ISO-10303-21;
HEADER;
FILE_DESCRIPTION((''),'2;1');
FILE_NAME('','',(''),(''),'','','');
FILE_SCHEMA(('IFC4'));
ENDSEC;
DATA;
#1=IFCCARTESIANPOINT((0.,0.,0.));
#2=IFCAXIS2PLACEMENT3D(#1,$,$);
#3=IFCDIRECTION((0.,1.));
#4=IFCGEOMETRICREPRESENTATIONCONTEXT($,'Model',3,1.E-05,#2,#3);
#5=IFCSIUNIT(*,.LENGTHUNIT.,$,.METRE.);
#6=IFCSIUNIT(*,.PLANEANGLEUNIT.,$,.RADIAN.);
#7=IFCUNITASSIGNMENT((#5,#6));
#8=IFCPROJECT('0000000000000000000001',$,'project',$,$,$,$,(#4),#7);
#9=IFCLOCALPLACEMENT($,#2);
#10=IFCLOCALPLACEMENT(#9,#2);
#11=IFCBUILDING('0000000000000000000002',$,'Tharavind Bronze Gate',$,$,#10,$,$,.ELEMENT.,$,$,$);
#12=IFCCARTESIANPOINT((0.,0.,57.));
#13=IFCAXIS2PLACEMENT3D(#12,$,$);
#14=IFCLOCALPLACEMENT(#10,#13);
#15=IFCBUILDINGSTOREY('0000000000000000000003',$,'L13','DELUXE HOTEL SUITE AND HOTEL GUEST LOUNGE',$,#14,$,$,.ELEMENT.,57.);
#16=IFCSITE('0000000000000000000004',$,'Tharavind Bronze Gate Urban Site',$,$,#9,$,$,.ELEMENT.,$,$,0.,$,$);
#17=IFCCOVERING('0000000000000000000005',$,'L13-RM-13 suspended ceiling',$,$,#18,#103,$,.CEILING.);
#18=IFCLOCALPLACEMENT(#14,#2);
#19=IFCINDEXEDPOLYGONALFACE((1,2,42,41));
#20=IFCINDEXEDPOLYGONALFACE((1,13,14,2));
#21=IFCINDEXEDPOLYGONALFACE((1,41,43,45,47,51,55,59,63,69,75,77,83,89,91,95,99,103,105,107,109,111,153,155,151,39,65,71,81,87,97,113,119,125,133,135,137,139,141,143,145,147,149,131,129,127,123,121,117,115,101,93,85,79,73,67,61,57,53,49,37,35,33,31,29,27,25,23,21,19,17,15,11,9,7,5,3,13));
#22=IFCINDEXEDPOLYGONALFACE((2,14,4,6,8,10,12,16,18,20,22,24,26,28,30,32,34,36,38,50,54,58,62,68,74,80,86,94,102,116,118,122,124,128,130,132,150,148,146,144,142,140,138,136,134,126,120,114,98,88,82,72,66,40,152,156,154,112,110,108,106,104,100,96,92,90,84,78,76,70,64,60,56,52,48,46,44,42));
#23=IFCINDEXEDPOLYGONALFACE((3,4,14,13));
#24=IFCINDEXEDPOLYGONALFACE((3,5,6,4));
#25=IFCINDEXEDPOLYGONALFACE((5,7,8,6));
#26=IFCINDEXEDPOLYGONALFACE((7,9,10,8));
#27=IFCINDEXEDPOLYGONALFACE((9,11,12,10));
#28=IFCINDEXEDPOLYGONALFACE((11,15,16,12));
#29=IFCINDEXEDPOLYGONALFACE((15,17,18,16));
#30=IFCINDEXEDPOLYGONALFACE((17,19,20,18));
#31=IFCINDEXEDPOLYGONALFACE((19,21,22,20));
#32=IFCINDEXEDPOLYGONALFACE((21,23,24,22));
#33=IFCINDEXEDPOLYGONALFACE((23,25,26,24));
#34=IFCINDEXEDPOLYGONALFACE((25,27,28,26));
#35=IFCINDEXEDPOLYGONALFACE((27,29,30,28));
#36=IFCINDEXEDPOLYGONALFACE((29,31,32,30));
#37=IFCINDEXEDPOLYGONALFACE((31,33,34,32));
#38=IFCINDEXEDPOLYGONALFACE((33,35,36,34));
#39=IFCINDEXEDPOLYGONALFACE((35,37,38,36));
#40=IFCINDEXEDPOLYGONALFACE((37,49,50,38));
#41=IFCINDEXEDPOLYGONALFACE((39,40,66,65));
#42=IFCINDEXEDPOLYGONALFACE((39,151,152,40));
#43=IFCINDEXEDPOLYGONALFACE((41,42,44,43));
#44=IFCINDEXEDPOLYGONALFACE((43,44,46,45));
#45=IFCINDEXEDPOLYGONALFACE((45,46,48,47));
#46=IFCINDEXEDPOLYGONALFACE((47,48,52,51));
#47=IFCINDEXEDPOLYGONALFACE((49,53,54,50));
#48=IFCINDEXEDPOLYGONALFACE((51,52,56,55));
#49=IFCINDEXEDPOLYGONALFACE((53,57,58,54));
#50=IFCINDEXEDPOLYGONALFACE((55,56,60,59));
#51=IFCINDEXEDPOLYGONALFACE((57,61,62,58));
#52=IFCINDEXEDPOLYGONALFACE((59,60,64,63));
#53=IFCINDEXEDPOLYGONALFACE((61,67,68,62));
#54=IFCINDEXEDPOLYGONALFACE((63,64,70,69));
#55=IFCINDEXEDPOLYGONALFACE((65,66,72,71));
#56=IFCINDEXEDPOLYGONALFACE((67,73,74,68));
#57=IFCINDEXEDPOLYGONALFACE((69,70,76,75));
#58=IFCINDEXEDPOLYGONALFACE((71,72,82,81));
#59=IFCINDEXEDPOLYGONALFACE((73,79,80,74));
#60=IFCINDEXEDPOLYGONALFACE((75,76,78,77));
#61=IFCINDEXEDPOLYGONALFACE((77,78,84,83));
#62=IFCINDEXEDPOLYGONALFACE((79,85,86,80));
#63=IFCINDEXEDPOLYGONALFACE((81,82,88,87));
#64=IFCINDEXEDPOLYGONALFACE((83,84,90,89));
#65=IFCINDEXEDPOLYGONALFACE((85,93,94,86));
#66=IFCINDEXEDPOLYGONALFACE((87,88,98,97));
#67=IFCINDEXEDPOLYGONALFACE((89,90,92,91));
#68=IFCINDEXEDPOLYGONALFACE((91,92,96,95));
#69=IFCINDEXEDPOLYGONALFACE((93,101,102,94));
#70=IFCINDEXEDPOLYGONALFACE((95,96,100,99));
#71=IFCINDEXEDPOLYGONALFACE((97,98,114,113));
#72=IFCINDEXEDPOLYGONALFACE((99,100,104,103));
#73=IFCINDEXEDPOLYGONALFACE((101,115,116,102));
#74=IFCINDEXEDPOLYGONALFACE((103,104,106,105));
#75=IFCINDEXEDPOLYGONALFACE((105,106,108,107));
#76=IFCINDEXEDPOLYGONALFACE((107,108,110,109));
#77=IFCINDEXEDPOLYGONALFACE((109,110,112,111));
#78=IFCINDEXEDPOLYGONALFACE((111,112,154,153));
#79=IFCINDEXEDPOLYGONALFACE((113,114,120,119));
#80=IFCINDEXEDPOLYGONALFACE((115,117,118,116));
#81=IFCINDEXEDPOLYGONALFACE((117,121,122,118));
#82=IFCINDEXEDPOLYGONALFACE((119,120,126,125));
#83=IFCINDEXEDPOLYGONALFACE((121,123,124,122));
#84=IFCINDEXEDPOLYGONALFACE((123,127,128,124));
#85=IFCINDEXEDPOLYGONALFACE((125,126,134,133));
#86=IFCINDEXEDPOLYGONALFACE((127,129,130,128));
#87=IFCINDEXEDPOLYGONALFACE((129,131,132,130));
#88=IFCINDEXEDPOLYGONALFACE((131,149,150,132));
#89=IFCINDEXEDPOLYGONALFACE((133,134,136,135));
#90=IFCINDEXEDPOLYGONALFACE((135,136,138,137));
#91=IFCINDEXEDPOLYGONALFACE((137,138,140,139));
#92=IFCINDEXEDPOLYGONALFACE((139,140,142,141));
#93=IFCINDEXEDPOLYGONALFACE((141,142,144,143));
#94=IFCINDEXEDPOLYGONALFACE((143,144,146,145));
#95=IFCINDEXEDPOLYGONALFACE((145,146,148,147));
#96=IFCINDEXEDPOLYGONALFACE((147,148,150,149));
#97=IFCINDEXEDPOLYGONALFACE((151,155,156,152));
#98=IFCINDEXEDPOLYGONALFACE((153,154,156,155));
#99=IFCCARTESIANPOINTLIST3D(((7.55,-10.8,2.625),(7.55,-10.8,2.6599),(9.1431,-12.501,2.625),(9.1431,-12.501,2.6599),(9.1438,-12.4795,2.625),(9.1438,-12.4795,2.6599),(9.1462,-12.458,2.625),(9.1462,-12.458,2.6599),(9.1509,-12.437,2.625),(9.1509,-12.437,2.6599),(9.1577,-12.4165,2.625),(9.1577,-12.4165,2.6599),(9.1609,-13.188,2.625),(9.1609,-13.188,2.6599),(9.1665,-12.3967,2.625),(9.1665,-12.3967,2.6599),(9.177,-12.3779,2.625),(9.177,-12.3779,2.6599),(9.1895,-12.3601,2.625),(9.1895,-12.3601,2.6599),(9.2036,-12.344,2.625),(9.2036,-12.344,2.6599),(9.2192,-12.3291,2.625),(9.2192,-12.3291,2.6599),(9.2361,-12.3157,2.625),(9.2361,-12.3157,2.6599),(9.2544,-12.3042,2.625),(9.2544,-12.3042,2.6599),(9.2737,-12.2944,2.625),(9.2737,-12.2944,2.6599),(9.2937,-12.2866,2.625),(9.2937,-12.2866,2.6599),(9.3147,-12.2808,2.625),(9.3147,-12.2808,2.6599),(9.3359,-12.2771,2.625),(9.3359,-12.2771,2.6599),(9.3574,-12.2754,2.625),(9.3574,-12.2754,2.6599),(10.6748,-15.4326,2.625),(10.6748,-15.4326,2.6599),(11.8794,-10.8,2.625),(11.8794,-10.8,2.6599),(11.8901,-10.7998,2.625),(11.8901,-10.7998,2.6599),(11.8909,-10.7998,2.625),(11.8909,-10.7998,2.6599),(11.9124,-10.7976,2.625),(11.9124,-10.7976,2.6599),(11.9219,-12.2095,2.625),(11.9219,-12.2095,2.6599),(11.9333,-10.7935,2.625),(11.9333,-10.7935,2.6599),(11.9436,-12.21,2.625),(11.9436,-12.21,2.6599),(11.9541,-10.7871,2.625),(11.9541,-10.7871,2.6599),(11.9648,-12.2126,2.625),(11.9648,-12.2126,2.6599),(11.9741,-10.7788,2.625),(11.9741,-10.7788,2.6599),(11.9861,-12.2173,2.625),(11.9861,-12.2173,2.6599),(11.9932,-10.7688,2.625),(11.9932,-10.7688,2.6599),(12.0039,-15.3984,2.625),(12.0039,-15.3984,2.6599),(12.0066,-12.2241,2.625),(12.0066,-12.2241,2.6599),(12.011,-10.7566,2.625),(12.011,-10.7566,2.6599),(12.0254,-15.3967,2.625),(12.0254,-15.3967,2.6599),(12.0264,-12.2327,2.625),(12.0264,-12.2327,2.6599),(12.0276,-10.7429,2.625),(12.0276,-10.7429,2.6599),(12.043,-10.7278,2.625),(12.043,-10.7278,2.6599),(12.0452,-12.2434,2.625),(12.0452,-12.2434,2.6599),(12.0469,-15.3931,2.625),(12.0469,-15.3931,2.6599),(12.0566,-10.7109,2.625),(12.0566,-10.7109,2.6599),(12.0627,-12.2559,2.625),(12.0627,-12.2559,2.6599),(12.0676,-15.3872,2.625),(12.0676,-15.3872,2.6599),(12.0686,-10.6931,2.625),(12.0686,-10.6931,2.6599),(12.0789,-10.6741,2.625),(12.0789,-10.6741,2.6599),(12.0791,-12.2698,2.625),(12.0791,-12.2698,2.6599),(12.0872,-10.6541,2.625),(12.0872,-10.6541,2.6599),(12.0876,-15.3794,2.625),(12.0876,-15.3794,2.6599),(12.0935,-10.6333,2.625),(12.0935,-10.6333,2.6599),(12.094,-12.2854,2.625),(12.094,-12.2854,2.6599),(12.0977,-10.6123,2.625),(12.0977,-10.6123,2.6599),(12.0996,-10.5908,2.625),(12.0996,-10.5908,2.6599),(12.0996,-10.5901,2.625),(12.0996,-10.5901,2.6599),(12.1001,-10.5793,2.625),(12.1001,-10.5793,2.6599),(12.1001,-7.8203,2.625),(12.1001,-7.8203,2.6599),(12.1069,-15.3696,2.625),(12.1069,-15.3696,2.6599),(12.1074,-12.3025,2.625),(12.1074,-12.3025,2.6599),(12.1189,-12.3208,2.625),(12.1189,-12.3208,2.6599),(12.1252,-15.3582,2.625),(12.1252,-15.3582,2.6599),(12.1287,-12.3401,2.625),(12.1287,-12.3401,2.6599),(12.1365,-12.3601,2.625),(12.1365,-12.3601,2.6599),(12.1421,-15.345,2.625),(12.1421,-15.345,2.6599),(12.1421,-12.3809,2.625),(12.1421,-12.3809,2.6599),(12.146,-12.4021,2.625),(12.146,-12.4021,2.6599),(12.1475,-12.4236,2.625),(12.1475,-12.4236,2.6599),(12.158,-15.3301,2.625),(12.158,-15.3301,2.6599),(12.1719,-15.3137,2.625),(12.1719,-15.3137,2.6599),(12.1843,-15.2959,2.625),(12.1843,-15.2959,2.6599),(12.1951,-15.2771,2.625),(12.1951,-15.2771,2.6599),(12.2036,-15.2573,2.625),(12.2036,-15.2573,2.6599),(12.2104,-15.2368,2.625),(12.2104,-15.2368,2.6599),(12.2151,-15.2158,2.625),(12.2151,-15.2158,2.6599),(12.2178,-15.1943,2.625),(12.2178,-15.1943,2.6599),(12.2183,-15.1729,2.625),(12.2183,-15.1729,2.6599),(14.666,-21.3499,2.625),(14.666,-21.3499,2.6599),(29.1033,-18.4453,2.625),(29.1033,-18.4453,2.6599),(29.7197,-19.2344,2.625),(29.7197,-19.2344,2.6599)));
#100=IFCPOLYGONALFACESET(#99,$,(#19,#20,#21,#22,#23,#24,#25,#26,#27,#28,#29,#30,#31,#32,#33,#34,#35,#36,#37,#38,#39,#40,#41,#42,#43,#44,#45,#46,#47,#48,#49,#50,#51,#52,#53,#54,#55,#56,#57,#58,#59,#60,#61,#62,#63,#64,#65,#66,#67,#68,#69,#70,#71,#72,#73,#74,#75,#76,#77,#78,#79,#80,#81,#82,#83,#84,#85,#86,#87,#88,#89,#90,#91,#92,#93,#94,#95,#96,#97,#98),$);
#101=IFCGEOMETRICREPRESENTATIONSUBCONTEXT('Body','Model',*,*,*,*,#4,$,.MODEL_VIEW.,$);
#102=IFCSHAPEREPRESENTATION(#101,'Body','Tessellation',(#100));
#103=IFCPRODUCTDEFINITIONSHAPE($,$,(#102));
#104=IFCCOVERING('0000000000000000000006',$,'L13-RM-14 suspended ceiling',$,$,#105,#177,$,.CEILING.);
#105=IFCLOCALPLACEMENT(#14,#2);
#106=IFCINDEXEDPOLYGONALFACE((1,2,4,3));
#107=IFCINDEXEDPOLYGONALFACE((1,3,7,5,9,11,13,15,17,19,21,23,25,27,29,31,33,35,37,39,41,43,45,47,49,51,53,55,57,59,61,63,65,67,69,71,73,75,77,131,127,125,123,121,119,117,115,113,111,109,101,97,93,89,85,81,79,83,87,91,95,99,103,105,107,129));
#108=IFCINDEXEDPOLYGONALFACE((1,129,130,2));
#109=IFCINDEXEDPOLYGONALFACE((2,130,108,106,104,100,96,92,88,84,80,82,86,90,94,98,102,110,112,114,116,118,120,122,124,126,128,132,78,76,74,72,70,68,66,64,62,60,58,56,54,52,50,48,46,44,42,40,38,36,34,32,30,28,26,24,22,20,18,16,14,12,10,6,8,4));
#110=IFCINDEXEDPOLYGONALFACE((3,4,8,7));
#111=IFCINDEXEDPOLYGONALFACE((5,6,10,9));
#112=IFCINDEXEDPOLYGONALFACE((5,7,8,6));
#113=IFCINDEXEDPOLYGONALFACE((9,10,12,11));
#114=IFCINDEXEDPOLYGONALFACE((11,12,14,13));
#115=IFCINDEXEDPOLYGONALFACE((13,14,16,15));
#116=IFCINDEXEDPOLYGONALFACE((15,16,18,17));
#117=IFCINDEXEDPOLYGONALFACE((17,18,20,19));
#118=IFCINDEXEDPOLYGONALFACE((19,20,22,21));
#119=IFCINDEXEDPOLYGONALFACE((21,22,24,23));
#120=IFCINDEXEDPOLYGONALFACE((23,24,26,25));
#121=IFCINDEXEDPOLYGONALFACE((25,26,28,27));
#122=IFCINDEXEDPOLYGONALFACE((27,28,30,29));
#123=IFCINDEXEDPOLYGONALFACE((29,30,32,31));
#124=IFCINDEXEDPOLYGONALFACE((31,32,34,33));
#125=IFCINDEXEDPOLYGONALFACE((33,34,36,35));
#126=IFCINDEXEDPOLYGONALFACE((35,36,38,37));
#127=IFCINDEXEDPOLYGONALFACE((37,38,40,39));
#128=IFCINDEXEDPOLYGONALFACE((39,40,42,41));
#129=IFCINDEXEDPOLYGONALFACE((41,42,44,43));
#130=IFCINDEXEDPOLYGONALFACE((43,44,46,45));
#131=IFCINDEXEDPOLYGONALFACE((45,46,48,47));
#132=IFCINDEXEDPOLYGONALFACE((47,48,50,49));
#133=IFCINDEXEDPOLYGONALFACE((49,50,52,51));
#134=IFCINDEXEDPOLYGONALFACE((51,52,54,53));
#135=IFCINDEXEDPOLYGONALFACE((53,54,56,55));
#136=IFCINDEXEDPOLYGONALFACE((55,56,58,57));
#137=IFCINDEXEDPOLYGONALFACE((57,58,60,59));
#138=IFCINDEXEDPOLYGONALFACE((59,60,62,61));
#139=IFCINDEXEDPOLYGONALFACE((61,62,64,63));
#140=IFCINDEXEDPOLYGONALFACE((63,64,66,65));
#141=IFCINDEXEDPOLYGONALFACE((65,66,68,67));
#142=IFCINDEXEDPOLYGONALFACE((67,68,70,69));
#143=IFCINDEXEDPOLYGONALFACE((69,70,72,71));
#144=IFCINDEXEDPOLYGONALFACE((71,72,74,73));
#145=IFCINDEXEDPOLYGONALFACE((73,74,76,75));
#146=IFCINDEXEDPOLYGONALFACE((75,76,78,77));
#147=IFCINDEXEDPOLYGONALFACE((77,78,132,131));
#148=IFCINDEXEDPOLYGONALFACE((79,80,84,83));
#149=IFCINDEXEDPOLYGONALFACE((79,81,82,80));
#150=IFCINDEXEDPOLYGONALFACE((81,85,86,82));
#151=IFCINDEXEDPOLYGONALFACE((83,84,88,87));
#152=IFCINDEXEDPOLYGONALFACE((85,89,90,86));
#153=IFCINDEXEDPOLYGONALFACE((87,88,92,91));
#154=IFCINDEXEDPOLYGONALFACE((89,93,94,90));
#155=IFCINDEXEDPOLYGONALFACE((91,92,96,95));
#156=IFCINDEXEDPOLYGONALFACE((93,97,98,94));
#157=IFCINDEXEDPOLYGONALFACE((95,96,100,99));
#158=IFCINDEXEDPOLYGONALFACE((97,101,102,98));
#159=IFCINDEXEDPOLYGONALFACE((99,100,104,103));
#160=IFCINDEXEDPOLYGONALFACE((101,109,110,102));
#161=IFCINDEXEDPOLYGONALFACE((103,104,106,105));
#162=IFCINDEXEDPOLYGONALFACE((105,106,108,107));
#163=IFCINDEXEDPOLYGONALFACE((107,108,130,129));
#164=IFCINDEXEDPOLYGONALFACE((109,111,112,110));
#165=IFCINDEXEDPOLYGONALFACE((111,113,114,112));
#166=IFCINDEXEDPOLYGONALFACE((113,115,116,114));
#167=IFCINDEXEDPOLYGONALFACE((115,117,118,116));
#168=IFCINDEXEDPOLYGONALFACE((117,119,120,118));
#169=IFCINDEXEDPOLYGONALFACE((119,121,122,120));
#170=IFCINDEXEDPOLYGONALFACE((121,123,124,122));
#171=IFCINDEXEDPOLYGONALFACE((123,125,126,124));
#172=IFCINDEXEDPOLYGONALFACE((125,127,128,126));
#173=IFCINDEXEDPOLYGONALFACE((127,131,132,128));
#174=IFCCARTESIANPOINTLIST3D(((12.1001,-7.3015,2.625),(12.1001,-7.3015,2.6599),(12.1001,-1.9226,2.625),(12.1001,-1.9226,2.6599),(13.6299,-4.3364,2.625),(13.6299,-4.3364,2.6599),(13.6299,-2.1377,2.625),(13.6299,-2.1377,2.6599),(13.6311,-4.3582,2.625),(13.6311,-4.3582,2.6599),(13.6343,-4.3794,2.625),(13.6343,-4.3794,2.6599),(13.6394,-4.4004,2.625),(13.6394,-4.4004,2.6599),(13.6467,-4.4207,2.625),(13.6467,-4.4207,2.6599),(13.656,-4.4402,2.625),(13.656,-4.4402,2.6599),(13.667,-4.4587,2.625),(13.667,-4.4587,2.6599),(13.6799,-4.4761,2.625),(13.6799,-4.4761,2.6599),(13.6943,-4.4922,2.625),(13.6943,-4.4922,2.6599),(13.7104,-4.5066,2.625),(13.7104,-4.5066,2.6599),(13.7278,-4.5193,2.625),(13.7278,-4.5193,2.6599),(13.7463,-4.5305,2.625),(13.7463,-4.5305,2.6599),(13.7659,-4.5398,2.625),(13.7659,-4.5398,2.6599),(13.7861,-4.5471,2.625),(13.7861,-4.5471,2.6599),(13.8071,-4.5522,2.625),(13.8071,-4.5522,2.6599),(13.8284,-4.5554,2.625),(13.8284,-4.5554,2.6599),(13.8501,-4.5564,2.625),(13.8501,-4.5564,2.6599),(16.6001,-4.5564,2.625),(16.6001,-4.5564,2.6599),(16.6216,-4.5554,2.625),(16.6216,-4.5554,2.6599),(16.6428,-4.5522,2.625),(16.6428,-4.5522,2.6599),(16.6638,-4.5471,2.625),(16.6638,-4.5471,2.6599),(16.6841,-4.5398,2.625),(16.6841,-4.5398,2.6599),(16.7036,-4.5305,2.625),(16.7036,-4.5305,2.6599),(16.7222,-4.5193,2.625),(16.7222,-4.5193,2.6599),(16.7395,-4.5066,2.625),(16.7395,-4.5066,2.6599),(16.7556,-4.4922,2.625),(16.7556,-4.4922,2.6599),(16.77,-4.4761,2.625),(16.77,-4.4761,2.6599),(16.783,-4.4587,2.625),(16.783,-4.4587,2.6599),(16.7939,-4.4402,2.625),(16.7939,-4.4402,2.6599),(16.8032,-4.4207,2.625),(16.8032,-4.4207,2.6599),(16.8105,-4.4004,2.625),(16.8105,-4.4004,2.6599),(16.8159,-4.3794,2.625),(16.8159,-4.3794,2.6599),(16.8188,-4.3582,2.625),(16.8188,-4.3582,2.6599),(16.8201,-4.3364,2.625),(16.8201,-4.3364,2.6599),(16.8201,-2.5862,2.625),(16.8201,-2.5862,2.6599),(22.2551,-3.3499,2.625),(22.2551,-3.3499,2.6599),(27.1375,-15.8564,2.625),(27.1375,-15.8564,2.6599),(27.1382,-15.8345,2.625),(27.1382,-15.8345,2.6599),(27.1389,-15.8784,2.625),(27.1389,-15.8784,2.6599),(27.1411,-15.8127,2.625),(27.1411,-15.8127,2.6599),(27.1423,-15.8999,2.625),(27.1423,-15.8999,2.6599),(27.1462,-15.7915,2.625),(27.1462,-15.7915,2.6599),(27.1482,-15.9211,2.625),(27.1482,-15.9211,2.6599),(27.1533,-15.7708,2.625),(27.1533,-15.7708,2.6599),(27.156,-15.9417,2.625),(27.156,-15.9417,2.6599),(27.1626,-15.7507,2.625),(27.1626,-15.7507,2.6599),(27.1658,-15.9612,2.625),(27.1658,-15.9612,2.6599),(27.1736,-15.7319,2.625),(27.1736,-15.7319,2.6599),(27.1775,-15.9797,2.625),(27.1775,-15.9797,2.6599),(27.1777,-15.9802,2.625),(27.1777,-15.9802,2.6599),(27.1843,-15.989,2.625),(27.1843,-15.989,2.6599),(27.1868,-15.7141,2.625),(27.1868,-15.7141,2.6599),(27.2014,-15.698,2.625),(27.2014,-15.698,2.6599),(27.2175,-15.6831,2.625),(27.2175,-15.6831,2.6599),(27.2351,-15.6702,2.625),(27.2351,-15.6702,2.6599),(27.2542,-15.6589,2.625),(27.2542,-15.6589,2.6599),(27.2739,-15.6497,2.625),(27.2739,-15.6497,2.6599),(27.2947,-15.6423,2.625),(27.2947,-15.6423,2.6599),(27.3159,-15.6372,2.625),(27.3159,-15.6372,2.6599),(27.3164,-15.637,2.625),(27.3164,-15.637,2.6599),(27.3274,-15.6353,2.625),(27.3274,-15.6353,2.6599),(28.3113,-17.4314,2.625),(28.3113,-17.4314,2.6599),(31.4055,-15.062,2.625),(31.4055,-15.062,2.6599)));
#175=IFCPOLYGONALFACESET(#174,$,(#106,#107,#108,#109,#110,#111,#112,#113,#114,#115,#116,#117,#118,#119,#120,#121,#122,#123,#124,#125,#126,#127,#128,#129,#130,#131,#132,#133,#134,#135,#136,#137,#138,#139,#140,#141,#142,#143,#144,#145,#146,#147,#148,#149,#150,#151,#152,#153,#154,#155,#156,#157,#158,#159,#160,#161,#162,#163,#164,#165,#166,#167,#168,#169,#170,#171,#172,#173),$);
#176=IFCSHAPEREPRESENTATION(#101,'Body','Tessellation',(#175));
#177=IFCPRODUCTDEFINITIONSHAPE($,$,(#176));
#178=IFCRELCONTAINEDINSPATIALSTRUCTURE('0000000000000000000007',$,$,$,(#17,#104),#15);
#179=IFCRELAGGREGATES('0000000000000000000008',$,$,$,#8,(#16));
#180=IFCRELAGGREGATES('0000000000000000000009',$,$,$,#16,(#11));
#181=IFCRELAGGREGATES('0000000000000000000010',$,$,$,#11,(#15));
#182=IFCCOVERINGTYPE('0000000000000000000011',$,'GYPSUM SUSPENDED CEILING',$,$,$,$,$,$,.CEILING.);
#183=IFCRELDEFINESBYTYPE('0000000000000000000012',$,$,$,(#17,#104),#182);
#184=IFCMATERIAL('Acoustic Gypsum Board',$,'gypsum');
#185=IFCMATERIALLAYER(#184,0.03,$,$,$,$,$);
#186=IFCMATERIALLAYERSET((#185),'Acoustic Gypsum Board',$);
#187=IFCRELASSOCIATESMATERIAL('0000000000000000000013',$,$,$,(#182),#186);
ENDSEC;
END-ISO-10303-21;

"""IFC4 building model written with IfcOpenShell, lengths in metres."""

from ifc_helpers import new_model, si_unit, direction, frame, origin, place, context, subcontext, project, spatial, polyline, outline, extrude, material, layer, layer_set, type_object, element, save


model = new_model("IFC4")

# Units and contexts
model_context = context("Model", 3, precision=1e-05, world=origin(), true_north=direction((0.0, 1.0)))
body_context = subcontext(model_context, "Body", "Model", "MODEL_VIEW")
ifc_project = project(units=[si_unit("LENGTHUNIT", "METRE"), si_unit("PLANEANGLEUNIT", "RADIAN")], contexts=[model_context])

# Site, building, storey
site_placement = place(None, origin())
site = spatial("IfcSite", under=ifc_project, at=site_placement, Name="Tharavind Bronze Gate Urban Site", CompositionType="ELEMENT", RefElevation=0.0)
building_placement = place(site_placement, origin())
building = spatial("IfcBuilding", under=site, at=building_placement, Name="Tharavind Bronze Gate", CompositionType="ELEMENT")
storey_placement = place(building_placement, frame((0.0, 0.0, 57.0)))
storey = spatial("IfcBuildingStorey", under=building, at=storey_placement, Name="L13", Description="DELUXE HOTEL SUITE AND HOTEL GUEST LOUNGE", CompositionType="ELEMENT", Elevation=57.0)

# Coverings
ifc_material_1 = material(Name="Acoustic Gypsum Board", Category="gypsum")
ifc_layer_1 = layer(ifc_material_1, 0.03)
ifc_layer_set_1 = layer_set([ifc_layer_1], Name="Acoustic Gypsum Board")
covering_type_1 = type_object("IfcCoveringType", Name="GYPSUM SUSPENDED CEILING", PredefinedType="CEILING", material=ifc_layer_set_1)
covering_1_placement = place(storey_placement, frame((0.0, 0.0, 2.625)))
element("IfcCovering", 1, at=covering_1_placement, inside=storey, type_object=covering_type_1, Name="L13-RM-13 suspended ceiling", PredefinedType="CEILING", context=body_context, shape_type="SweptSolid", body=[
    extrude(outline(polyline([(9.1609, -13.188), (9.1431, -12.501), (9.1438, -12.4795), (9.1462, -12.458), (9.1509, -12.437), (9.1577, -12.4165), (9.1665, -12.3967), (9.177, -12.3779), (9.1895, -12.3601), (9.2036, -12.344), (9.2192, -12.3291), (9.2361, -12.3157), (9.2544, -12.3042), (9.2737, -12.2944), (9.2937, -12.2866), (9.3147, -12.2808), (9.3359, -12.2771), (9.3574, -12.2754), (11.9219, -12.2095), (11.9436, -12.21), (11.9648, -12.2126), (11.9861, -12.2173), (12.0066, -12.2241), (12.0264, -12.2327), (12.0452, -12.2434), (12.0627, -12.2559), (12.0791, -12.2698), (12.094, -12.2854), (12.1074, -12.3025), (12.1189, -12.3208), (12.1287, -12.3401), (12.1365, -12.3601), (12.1421, -12.3809), (12.146, -12.4021), (12.1475, -12.4236), (12.2183, -15.1729), (12.2178, -15.1943), (12.2151, -15.2158), (12.2104, -15.2368), (12.2036, -15.2573), (12.1951, -15.2771), (12.1843, -15.2959), (12.1719, -15.3137), (12.158, -15.3301), (12.1421, -15.345), (12.1252, -15.3582), (12.1069, -15.3696), (12.0876, -15.3794), (12.0676, -15.3872), (12.0469, -15.3931), (12.0254, -15.3967), (12.0039, -15.3984), (10.6748, -15.4326), (14.666, -21.3499), (29.7197, -19.2344), (29.1033, -18.4453), (12.1001, -7.8203), (12.1001, -10.5793), (12.0996, -10.5901), (12.0996, -10.5908), (12.0977, -10.6123), (12.0935, -10.6333), (12.0872, -10.6541), (12.0789, -10.6741), (12.0686, -10.6931), (12.0566, -10.7109), (12.043, -10.7278), (12.0276, -10.7429), (12.011, -10.7566), (11.9932, -10.7688), (11.9741, -10.7788), (11.9541, -10.7871), (11.9333, -10.7935), (11.9124, -10.7976), (11.8909, -10.7998), (11.8901, -10.7998), (11.8794, -10.8), (7.55, -10.8), (9.1609, -13.188)])), origin(), (0.0, 0.0, 1.0), 0.0349),
])
covering_2_placement = place(storey_placement, frame((0.0, 0.0, 2.625)))
element("IfcCovering", 2, at=covering_2_placement, inside=storey, type_object=covering_type_1, Name="L13-RM-14 suspended ceiling", PredefinedType="CEILING", context=body_context, shape_type="SweptSolid", body=[
    extrude(outline(polyline([(12.1001, -7.3015), (28.3113, -17.4314), (27.1843, -15.989), (27.1777, -15.9802), (27.1775, -15.9797), (27.1658, -15.9612), (27.156, -15.9417), (27.1482, -15.9211), (27.1423, -15.8999), (27.1389, -15.8784), (27.1375, -15.8564), (27.1382, -15.8345), (27.1411, -15.8127), (27.1462, -15.7915), (27.1533, -15.7708), (27.1626, -15.7507), (27.1736, -15.7319), (27.1868, -15.7141), (27.2014, -15.698), (27.2175, -15.6831), (27.2351, -15.6702), (27.2542, -15.6589), (27.2739, -15.6497), (27.2947, -15.6423), (27.3159, -15.6372), (27.3164, -15.637), (27.3274, -15.6353), (31.4055, -15.062), (22.2551, -3.3499), (16.8201, -2.5862), (16.8201, -4.3364), (16.8188, -4.3582), (16.8159, -4.3794), (16.8105, -4.4004), (16.8032, -4.4207), (16.7939, -4.4402), (16.783, -4.4587), (16.77, -4.4761), (16.7556, -4.4922), (16.7395, -4.5066), (16.7222, -4.5193), (16.7036, -4.5305), (16.6841, -4.5398), (16.6638, -4.5471), (16.6428, -4.5522), (16.6216, -4.5554), (16.6001, -4.5564), (13.8501, -4.5564), (13.8284, -4.5554), (13.8071, -4.5522), (13.7861, -4.5471), (13.7659, -4.5398), (13.7463, -4.5305), (13.7278, -4.5193), (13.7104, -4.5066), (13.6943, -4.4922), (13.6799, -4.4761), (13.667, -4.4587), (13.656, -4.4402), (13.6467, -4.4207), (13.6394, -4.4004), (13.6343, -4.3794), (13.6311, -4.3582), (13.6299, -4.3364), (13.6299, -2.1377), (12.1001, -1.9226), (12.1001, -7.3015)])), origin(), (0.0, 0.0, 1.0), 0.0349),
])

save(model, "model.ifc")
